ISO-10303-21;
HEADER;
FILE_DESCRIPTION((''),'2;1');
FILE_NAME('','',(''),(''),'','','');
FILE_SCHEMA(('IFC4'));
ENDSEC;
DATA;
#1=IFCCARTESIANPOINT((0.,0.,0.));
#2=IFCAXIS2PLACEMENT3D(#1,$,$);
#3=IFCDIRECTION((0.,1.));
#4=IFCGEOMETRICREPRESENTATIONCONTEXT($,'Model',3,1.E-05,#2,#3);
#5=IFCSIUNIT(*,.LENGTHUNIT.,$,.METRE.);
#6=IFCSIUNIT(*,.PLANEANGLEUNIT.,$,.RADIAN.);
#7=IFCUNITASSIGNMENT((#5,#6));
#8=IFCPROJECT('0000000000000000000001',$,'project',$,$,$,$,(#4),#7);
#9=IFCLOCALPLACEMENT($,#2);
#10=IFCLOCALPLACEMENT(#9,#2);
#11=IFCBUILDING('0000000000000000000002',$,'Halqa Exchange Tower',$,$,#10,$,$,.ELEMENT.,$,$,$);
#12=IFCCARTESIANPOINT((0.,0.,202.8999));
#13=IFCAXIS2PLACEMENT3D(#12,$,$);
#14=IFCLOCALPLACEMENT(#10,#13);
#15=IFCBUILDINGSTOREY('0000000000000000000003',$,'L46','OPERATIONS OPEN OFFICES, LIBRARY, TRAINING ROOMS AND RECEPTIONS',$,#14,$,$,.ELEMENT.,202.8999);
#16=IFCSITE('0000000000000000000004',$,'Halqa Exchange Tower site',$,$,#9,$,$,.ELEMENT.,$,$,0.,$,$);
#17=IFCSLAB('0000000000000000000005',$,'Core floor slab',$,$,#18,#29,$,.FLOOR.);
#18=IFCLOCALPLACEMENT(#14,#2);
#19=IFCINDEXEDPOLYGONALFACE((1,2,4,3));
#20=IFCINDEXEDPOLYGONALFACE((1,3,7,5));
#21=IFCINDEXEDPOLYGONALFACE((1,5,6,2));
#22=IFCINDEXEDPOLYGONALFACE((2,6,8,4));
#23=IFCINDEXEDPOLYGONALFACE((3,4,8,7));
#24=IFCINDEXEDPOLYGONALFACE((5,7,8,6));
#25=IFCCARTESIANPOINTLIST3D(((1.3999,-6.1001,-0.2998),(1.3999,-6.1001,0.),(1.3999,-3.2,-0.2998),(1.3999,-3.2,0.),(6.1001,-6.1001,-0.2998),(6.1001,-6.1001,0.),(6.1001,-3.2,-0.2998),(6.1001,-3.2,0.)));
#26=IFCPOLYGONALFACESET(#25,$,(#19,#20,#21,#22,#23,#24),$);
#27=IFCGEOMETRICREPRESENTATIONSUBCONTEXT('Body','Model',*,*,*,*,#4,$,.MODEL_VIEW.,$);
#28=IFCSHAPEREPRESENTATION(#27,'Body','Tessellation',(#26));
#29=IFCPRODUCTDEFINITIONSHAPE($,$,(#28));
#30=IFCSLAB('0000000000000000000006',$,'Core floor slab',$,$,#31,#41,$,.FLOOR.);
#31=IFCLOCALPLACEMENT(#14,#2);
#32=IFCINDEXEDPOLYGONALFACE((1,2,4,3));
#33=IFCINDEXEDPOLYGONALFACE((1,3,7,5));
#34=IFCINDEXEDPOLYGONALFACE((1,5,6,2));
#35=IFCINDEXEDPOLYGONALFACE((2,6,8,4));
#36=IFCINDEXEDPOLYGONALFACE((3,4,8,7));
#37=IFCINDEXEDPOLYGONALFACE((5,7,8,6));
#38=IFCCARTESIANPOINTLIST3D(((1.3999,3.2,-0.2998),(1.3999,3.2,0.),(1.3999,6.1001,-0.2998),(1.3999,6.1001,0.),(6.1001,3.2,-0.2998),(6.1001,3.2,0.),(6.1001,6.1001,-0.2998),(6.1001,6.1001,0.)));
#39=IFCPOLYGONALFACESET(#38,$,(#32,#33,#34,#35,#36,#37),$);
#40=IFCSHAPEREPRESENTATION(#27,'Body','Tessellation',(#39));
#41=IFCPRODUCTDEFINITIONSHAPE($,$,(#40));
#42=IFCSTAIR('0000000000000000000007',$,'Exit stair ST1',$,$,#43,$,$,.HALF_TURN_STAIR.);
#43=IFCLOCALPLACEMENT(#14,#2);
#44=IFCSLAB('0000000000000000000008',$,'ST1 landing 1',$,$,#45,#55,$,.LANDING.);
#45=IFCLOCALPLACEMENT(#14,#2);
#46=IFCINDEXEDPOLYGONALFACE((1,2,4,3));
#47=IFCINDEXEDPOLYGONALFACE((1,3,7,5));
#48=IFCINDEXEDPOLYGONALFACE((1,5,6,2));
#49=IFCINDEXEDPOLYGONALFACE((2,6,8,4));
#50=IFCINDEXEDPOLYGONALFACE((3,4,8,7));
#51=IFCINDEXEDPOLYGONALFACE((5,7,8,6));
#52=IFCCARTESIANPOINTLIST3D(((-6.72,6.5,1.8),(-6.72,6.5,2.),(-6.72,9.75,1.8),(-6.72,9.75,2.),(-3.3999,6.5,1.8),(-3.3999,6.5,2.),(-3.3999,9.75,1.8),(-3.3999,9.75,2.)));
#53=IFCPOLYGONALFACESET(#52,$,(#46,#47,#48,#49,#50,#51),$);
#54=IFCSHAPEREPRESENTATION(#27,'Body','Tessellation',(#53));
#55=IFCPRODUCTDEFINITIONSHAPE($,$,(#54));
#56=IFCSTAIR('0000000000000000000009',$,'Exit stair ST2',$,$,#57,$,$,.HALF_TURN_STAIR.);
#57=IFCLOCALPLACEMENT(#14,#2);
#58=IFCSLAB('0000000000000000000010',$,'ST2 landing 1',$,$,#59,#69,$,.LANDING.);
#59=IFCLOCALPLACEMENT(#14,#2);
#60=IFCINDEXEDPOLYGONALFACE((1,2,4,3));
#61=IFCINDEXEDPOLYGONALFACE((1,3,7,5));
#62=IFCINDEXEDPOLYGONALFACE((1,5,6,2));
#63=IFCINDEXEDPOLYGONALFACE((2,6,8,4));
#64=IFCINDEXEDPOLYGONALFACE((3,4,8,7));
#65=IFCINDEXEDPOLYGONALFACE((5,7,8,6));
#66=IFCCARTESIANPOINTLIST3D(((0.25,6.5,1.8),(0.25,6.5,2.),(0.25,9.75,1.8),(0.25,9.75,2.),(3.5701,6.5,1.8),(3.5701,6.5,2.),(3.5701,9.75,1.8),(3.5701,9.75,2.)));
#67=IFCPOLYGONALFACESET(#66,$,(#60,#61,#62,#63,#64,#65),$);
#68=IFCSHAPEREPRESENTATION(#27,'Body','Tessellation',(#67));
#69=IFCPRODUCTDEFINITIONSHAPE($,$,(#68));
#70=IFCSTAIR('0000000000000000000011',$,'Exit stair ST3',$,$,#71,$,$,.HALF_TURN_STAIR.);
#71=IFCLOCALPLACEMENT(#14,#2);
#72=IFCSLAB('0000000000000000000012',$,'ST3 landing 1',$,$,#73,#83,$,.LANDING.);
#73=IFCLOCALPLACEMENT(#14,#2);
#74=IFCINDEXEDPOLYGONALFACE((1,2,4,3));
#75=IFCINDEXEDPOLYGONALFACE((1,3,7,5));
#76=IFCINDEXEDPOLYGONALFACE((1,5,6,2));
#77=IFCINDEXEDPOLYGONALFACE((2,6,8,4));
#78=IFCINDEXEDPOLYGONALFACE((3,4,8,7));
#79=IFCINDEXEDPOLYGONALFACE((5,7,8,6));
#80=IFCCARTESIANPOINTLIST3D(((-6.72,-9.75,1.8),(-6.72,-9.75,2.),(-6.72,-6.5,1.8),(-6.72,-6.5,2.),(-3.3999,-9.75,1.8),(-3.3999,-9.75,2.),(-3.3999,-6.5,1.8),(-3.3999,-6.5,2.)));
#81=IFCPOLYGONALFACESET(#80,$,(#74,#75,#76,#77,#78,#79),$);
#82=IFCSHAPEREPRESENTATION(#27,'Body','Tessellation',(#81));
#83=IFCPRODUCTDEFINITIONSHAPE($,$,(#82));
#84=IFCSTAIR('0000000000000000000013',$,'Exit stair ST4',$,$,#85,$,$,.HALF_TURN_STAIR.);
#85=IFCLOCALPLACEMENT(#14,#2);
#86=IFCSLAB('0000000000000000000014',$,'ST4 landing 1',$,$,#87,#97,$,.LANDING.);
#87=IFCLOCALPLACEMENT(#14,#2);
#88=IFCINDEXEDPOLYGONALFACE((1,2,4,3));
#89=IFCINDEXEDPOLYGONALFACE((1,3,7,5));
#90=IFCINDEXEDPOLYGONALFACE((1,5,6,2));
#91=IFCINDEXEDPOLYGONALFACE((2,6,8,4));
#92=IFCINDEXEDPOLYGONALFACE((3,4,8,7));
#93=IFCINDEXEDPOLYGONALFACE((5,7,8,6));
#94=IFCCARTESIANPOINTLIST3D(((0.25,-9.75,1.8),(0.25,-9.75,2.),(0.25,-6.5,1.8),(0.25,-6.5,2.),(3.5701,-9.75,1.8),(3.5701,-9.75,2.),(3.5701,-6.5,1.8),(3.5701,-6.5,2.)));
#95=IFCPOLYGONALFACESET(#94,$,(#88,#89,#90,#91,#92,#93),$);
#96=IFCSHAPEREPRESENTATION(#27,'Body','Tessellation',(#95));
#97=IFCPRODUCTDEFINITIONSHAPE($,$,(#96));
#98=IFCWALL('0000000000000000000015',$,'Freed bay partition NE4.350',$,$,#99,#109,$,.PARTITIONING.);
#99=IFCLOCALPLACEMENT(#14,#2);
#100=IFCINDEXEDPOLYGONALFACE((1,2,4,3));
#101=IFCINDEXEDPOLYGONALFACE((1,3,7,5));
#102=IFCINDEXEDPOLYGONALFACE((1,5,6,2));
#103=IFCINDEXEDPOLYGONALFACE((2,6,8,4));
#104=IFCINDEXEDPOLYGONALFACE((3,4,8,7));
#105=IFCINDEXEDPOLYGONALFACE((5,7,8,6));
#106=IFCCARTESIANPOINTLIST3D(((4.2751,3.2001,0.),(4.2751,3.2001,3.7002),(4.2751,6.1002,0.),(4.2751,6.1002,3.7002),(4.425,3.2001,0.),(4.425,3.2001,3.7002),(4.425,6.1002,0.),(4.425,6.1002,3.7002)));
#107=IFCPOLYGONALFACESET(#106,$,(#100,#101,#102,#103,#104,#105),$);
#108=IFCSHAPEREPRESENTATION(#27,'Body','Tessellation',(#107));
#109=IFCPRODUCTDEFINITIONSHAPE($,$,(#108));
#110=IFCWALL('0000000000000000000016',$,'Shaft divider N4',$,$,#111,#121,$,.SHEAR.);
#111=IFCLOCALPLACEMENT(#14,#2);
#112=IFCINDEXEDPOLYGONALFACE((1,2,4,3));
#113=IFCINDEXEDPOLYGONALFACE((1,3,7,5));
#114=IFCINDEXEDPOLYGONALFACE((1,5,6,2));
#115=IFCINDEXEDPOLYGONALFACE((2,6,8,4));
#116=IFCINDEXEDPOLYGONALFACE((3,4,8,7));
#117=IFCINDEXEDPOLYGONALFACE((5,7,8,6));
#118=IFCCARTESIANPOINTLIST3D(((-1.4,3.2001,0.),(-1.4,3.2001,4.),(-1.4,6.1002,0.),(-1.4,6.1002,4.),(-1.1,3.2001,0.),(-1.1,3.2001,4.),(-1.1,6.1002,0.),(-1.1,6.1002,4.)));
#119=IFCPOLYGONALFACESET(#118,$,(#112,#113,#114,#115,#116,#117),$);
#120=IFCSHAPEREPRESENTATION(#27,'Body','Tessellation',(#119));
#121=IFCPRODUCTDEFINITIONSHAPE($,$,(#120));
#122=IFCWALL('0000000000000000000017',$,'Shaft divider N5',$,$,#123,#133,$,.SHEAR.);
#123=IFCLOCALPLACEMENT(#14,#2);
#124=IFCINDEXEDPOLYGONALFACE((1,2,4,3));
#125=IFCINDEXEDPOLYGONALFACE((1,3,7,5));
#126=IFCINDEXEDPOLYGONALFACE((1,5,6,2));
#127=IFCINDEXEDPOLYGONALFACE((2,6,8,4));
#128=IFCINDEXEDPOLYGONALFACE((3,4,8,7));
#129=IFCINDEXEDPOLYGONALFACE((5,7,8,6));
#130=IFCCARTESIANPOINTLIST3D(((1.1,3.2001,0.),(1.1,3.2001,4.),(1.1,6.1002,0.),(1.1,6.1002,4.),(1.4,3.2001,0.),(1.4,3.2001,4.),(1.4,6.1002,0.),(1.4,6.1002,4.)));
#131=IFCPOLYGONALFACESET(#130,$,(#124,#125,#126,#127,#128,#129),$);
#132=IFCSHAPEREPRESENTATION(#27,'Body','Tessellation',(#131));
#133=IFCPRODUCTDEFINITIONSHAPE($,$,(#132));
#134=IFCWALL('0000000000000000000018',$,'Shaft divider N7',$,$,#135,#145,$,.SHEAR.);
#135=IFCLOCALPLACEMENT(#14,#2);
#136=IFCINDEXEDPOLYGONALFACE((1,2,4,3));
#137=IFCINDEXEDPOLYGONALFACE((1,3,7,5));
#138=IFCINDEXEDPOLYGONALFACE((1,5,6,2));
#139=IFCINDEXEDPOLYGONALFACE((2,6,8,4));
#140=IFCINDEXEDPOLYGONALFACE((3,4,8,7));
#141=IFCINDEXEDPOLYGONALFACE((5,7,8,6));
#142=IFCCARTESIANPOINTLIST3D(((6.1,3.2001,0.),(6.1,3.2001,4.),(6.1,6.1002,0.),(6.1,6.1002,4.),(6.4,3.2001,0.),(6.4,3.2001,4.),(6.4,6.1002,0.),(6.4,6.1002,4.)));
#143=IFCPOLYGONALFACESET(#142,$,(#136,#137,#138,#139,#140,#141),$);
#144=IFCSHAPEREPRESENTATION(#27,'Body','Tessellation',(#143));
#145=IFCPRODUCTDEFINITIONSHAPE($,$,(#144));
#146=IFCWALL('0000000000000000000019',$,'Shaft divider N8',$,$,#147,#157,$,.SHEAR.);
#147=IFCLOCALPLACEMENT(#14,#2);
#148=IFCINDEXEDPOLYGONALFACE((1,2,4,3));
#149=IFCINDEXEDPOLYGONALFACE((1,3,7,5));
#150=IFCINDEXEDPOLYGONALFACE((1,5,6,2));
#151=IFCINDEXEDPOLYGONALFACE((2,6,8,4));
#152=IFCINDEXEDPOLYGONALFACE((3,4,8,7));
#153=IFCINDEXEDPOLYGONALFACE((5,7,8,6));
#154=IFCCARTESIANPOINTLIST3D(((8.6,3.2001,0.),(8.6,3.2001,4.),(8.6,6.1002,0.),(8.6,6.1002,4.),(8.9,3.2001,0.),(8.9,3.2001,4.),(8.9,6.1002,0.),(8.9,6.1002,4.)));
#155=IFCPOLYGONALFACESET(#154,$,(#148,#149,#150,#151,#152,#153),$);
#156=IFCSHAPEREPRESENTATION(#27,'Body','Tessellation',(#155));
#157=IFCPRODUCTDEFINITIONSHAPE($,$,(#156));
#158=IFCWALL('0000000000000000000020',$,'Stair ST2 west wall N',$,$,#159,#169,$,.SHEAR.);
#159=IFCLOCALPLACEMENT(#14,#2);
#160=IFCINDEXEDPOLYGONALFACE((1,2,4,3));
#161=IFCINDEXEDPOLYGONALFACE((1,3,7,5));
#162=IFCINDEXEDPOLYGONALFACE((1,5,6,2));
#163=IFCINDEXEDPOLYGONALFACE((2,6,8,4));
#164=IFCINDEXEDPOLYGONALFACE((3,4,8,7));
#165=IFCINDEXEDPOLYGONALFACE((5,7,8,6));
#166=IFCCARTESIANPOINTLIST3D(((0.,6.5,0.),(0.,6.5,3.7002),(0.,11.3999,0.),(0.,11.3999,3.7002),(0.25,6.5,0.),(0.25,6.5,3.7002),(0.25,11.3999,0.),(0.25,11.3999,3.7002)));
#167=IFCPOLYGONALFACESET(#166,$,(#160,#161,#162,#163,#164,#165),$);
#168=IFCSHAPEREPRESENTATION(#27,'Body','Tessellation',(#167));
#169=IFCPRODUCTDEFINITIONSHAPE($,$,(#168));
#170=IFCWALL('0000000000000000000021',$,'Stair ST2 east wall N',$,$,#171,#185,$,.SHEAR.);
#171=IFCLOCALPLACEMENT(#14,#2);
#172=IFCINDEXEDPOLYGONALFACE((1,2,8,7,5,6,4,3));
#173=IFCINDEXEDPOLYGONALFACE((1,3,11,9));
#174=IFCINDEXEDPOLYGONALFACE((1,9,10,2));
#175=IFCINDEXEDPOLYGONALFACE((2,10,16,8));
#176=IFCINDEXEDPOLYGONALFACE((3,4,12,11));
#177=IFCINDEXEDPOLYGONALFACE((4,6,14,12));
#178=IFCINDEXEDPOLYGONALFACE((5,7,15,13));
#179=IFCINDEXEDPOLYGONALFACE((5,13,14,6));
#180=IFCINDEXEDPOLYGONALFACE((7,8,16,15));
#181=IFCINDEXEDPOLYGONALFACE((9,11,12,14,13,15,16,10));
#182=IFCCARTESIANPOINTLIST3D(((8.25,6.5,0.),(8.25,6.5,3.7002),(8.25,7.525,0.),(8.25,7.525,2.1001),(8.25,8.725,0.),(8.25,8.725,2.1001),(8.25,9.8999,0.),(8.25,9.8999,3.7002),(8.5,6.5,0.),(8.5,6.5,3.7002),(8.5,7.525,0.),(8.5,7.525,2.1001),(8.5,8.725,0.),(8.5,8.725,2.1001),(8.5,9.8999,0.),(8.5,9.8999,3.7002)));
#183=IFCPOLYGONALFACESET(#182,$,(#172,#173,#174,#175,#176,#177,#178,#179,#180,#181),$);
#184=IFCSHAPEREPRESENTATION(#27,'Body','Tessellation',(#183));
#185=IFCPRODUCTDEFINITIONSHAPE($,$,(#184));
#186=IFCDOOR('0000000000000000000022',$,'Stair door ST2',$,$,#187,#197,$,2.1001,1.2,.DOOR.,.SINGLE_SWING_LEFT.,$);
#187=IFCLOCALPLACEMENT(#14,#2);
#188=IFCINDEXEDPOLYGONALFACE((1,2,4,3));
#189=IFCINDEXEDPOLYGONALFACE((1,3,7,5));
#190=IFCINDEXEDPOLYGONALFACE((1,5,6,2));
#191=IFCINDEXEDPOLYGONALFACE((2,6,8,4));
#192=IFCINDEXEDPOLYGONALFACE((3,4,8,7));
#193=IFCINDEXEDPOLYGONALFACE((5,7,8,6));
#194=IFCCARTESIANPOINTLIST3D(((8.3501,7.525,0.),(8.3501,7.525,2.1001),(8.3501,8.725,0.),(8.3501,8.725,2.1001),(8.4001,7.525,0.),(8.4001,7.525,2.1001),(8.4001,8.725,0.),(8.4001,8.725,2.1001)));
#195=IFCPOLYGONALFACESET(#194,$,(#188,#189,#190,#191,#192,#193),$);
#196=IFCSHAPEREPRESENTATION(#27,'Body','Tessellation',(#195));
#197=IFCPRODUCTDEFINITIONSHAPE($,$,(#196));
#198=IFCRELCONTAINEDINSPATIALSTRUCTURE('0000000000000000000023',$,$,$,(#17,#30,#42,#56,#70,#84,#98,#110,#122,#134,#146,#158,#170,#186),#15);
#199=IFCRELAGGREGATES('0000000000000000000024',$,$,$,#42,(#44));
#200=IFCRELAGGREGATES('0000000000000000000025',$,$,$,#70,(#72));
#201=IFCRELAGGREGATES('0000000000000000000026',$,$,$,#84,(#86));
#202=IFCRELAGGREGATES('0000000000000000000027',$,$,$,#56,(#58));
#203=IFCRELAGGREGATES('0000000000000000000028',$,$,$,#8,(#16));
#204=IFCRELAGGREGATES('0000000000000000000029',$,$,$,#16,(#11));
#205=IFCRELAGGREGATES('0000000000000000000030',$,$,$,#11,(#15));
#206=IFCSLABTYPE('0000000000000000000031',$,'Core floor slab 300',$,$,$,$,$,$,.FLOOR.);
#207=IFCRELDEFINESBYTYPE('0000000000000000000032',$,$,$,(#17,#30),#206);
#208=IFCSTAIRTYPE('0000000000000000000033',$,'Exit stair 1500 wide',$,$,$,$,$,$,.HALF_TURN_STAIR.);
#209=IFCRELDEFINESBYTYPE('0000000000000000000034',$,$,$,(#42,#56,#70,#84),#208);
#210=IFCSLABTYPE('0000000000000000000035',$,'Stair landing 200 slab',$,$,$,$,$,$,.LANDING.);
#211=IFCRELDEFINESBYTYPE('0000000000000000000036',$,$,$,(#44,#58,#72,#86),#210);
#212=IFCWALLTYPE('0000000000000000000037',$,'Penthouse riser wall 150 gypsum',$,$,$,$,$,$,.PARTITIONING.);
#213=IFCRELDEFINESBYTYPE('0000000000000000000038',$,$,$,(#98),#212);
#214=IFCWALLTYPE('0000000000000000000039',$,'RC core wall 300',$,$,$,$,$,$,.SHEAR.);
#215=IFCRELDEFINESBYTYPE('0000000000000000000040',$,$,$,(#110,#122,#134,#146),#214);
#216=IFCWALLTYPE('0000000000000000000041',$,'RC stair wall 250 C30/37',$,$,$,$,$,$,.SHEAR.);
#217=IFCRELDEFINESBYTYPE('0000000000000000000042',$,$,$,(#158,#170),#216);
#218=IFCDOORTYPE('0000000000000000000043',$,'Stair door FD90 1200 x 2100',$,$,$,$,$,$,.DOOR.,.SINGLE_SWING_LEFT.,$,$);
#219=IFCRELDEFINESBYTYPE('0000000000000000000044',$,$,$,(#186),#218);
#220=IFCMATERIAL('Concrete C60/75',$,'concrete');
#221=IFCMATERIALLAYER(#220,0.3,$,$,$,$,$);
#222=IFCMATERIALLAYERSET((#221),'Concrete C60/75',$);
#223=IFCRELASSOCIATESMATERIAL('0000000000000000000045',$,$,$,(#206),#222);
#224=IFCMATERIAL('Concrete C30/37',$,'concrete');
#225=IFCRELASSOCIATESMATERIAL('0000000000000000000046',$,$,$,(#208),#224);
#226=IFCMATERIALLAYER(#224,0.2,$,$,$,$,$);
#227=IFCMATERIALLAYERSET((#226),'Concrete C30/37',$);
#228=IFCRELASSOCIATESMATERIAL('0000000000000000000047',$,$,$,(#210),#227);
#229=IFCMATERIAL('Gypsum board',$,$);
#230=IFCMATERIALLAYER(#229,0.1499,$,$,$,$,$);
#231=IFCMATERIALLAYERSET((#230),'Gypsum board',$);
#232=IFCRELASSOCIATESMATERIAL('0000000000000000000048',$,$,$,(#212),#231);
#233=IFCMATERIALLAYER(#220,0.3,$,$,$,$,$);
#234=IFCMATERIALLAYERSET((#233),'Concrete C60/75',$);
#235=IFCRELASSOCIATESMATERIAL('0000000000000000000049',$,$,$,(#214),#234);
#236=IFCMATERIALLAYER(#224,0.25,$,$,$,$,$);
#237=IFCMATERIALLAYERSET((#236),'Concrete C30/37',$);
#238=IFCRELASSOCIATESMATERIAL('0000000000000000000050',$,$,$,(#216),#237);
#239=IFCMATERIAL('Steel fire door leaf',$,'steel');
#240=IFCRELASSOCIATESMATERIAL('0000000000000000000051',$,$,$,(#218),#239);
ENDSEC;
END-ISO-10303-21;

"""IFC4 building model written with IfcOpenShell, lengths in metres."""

from ifc_helpers import new_model, si_unit, direction, frame, frame_2d, origin, place, context, subcontext, project, spatial, polyline, rectangle, outline, extrude, material, layer, layer_set, type_object, element, fill, aggregate, save


model = new_model("IFC4")

# Units and contexts
model_context = context("Model", 3, precision=1e-05, world=origin(), true_north=direction((0.0, 1.0)))
body_context = subcontext(model_context, "Body", "Model", "MODEL_VIEW")
ifc_project = project(units=[si_unit("LENGTHUNIT", "METRE"), si_unit("PLANEANGLEUNIT", "RADIAN")], contexts=[model_context])

# Site, building, storey
site_placement = place(None, origin())
site = spatial("IfcSite", under=ifc_project, at=site_placement, Name="Halqa Exchange Tower site", CompositionType="ELEMENT", RefElevation=0.0)
building_placement = place(site_placement, origin())
building = spatial("IfcBuilding", under=site, at=building_placement, Name="Halqa Exchange Tower", CompositionType="ELEMENT")
storey_placement = place(building_placement, frame((0.0, 0.0, 202.8999)))
storey = spatial("IfcBuildingStorey", under=building, at=storey_placement, Name="L46", Description="OPERATIONS OPEN OFFICES, LIBRARY, TRAINING ROOMS AND RECEPTIONS", CompositionType="ELEMENT", Elevation=202.8999)

# Slabs
ifc_material_1 = material(Name="Concrete C60/75", Category="concrete")
ifc_layer_1 = layer(ifc_material_1, 0.3)
ifc_layer_set_1 = layer_set([ifc_layer_1], Name="Concrete C60/75")
slab_type_1 = type_object("IfcSlabType", Name="Core floor slab 300", PredefinedType="FLOOR", material=ifc_layer_set_1)
slab_1_placement = place(storey_placement, frame((0.0, 0.0, -0.2998)))
element("IfcSlab", 1, at=slab_1_placement, inside=storey, type_object=slab_type_1, Name="Core floor slab", PredefinedType="FLOOR", context=body_context, shape_type="SweptSolid", body=[
    extrude(outline(polyline([(6.1001, -3.2), (6.1001, -6.1001), (1.3999, -6.1001), (1.3999, -3.2), (6.1001, -3.2)])), origin(), (0.0, 0.0, 1.0), 0.2998),
])
slab_2_placement = place(storey_placement, frame((0.0, 0.0, -0.2998)))
element("IfcSlab", 2, at=slab_2_placement, inside=storey, type_object=slab_type_1, Name="Core floor slab", PredefinedType="FLOOR", context=body_context, shape_type="SweptSolid", body=[
    extrude(outline(polyline([(6.1001, 6.1001), (6.1001, 3.2), (1.3999, 3.2), (1.3999, 6.1001), (6.1001, 6.1001)])), origin(), (0.0, 0.0, 1.0), 0.2998),
])

# Stairs, slabs
ifc_material_2 = material(Name="Concrete C30/37", Category="concrete")
stair_type = type_object("IfcStairType", Name="Exit stair 1500 wide", PredefinedType="HALF_TURN_STAIR", material=ifc_material_2)
stair_1_placement = place(storey_placement, origin())
stair_1 = element("IfcStair", 3, at=stair_1_placement, inside=storey, type_object=stair_type, Name="Exit stair ST1", PredefinedType="HALF_TURN_STAIR")
ifc_layer_2 = layer(ifc_material_2, 0.2)
ifc_layer_set_2 = layer_set([ifc_layer_2], Name="Concrete C30/37")
slab_type_2 = type_object("IfcSlabType", Name="Stair landing 200 slab", PredefinedType="LANDING", material=ifc_layer_set_2)
slab_3_placement = place(storey_placement, frame((0.0, 0.0, 1.8)))
slab_3 = element("IfcSlab", 4, at=slab_3_placement, type_object=slab_type_2, Name="ST1 landing 1", PredefinedType="LANDING", context=body_context, shape_type="SweptSolid", body=[
    extrude(outline(polyline([(-6.72, 6.5), (-3.3999, 6.5), (-3.3999, 9.75), (-6.72, 9.75), (-6.72, 6.5)])), origin(), (0.0, 0.0, 1.0), 0.2),
])
aggregate(stair_1, [slab_3])
stair_2_placement = place(storey_placement, origin())
stair_2 = element("IfcStair", 5, at=stair_2_placement, inside=storey, type_object=stair_type, Name="Exit stair ST2", PredefinedType="HALF_TURN_STAIR")
slab_4_placement = place(storey_placement, frame((0.0, 0.0, 1.8)))
slab_4 = element("IfcSlab", 6, at=slab_4_placement, type_object=slab_type_2, Name="ST2 landing 1", PredefinedType="LANDING", context=body_context, shape_type="SweptSolid", body=[
    extrude(outline(polyline([(0.25, 6.5), (3.5701, 6.5), (3.5701, 9.75), (0.25, 9.75), (0.25, 6.5)])), origin(), (0.0, 0.0, 1.0), 0.2),
])
stair_3_placement = place(storey_placement, origin())
stair_3 = element("IfcStair", 7, at=stair_3_placement, inside=storey, type_object=stair_type, Name="Exit stair ST3", PredefinedType="HALF_TURN_STAIR")
slab_5_placement = place(storey_placement, frame((0.0, 0.0, 1.8)))
slab_5 = element("IfcSlab", 8, at=slab_5_placement, type_object=slab_type_2, Name="ST3 landing 1", PredefinedType="LANDING", context=body_context, shape_type="SweptSolid", body=[
    extrude(outline(polyline([(-6.72, -9.75), (-3.3999, -9.75), (-3.3999, -6.5), (-6.72, -6.5), (-6.72, -9.75)])), origin(), (0.0, 0.0, 1.0), 0.2),
])
aggregate(stair_3, [slab_5])
stair_4_placement = place(storey_placement, origin())
stair_4 = element("IfcStair", 9, at=stair_4_placement, inside=storey, type_object=stair_type, Name="Exit stair ST4", PredefinedType="HALF_TURN_STAIR")
slab_6_placement = place(storey_placement, frame((0.0, 0.0, 1.8)))
slab_6 = element("IfcSlab", 10, at=slab_6_placement, type_object=slab_type_2, Name="ST4 landing 1", PredefinedType="LANDING", context=body_context, shape_type="SweptSolid", body=[
    extrude(outline(polyline([(0.25, -9.75), (3.5701, -9.75), (3.5701, -6.5), (0.25, -6.5), (0.25, -9.75)])), origin(), (0.0, 0.0, 1.0), 0.2),
])
aggregate(stair_4, [slab_6])

# Walls
ifc_material_3 = material(Name="Gypsum board")
ifc_layer_3 = layer(ifc_material_3, 0.1499)
ifc_layer_set_3 = layer_set([ifc_layer_3], Name="Gypsum board")
wall_type_1 = type_object("IfcWallType", Name="Penthouse riser wall 150 gypsum", PredefinedType="PARTITIONING", material=ifc_layer_set_3)
wall_1_placement = place(storey_placement, frame((4.3501, 3.2, 0.0), z_axis=(0.0, 0.0, 1.0), x_axis=(0.0, 1.0, 0.0)))
element("IfcWall", 11, at=wall_1_placement, inside=storey, type_object=wall_type_1, Name="Freed bay partition NE4.350", PredefinedType="PARTITIONING", context=body_context, shape_type="SweptSolid", body=[
    extrude(rectangle(XDim=2.9001, YDim=0.1499, at=frame_2d((1.4502, 0.0))), origin(), (0.0, 0.0, 1.0), 3.7002),
])
ifc_layer_4 = layer(ifc_material_1, 0.3)
ifc_layer_set_4 = layer_set([ifc_layer_4], Name="Concrete C60/75")
wall_type_2 = type_object("IfcWallType", Name="RC core wall 300", PredefinedType="SHEAR", material=ifc_layer_set_4)
for number, where, z_axis, x_axis, name in (
    (12, (-1.25, 3.2, 0.0), (0.0, 0.0, 1.0), (0.0, 1.0, 0.0), "Shaft divider N4"),
    (13, (1.25, 3.2, 0.0), (0.0, 0.0, 1.0), (0.0, 1.0, 0.0), "Shaft divider N5"),
    (14, (6.25, 3.2, 0.0), (0.0, 0.0, 1.0), (0.0, 1.0, 0.0), "Shaft divider N7"),
    (15, (8.75, 3.2, 0.0), (0.0, 0.0, 1.0), (0.0, 1.0, 0.0), "Shaft divider N8"),
):
    element("IfcWall", number, at=place(storey_placement, frame(where, z_axis=z_axis, x_axis=x_axis)), inside=storey, type_object=wall_type_2, Name=name, PredefinedType="SHEAR", context=body_context, shape_type="SweptSolid", body=[
        extrude(rectangle(XDim=2.9001, YDim=0.3, at=frame_2d((1.4502, 0.0))), origin(), (0.0, 0.0, 1.0), 4.0),
    ])
ifc_layer_5 = layer(ifc_material_2, 0.25)
ifc_layer_set_5 = layer_set([ifc_layer_5], Name="Concrete C30/37")
wall_type_3 = type_object("IfcWallType", Name="RC stair wall 250 C30/37", PredefinedType="SHEAR", material=ifc_layer_set_5)
wall_2_placement = place(storey_placement, frame((0.125, 6.5, 0.0), z_axis=(0.0, 0.0, 1.0), x_axis=(0.0, 1.0, 0.0)))
element("IfcWall", 16, at=wall_2_placement, inside=storey, type_object=wall_type_3, Name="Stair ST2 west wall N", PredefinedType="SHEAR", context=body_context, shape_type="SweptSolid", body=[
    extrude(rectangle(XDim=4.8999, YDim=0.25, at=frame_2d((2.45, 0.0))), origin(), (0.0, 0.0, 1.0), 3.7002),
])

# Wall, opening, door
wall_3_placement = place(storey_placement, frame((8.375, 6.5, 0.0), z_axis=(0.0, 0.0, 1.0), x_axis=(0.0, 1.0, 0.0)))
wall_3 = element("IfcWall", 17, at=wall_3_placement, inside=storey, type_object=wall_type_3, Name="Stair ST2 east wall N", PredefinedType="SHEAR", context=body_context, shape_type="SweptSolid", body=[
    extrude(rectangle(XDim=3.3999, YDim=0.25, at=frame_2d((1.7, 0.0))), origin(), (0.0, 0.0, 1.0), 3.7002),
])
opening_placement = place(wall_3_placement, frame((1.0249, 0.0, 0.0)))
opening = element("IfcOpeningElement", 18, at=opening_placement, cuts=wall_3, PredefinedType="OPENING", context=body_context, shape_type="SweptSolid", body=[
    extrude(rectangle(XDim=1.2, YDim=2.1001, at=frame_2d((0.6001, 1.05))), frame((0.0, 0.137, 0.0), z_axis=(0.0, -1.0, 0.0), x_axis=(1.0, 0.0, 0.0)), (0.0, 0.0, 1.0), 0.2739),
])
ifc_material_4 = material(Name="Steel fire door leaf", Category="steel")
door_type = type_object("IfcDoorType", Name="Stair door FD90 1200 x 2100", OperationType="SINGLE_SWING_LEFT", PredefinedType="DOOR", material=ifc_material_4)
door_placement = place(opening_placement, origin())
door = element("IfcDoor", 19, at=door_placement, inside=storey, type_object=door_type, Name="Stair door ST2", OperationType="SINGLE_SWING_LEFT", OverallHeight=2.1001, OverallWidth=1.2, PredefinedType="DOOR", context=body_context, shape_type="SweptSolid", body=[
    extrude(rectangle(XDim=1.2, YDim=2.1001, at=frame_2d((0.6001, 1.05))), frame((0.0, 0.0249, 0.0), z_axis=(0.0, -1.0, 0.0), x_axis=(1.0, 0.0, 0.0)), (0.0, 0.0, 1.0), 0.05),
])
fill(opening, door)

aggregate(stair_2, [slab_4])

save(model, "model.ifc")
